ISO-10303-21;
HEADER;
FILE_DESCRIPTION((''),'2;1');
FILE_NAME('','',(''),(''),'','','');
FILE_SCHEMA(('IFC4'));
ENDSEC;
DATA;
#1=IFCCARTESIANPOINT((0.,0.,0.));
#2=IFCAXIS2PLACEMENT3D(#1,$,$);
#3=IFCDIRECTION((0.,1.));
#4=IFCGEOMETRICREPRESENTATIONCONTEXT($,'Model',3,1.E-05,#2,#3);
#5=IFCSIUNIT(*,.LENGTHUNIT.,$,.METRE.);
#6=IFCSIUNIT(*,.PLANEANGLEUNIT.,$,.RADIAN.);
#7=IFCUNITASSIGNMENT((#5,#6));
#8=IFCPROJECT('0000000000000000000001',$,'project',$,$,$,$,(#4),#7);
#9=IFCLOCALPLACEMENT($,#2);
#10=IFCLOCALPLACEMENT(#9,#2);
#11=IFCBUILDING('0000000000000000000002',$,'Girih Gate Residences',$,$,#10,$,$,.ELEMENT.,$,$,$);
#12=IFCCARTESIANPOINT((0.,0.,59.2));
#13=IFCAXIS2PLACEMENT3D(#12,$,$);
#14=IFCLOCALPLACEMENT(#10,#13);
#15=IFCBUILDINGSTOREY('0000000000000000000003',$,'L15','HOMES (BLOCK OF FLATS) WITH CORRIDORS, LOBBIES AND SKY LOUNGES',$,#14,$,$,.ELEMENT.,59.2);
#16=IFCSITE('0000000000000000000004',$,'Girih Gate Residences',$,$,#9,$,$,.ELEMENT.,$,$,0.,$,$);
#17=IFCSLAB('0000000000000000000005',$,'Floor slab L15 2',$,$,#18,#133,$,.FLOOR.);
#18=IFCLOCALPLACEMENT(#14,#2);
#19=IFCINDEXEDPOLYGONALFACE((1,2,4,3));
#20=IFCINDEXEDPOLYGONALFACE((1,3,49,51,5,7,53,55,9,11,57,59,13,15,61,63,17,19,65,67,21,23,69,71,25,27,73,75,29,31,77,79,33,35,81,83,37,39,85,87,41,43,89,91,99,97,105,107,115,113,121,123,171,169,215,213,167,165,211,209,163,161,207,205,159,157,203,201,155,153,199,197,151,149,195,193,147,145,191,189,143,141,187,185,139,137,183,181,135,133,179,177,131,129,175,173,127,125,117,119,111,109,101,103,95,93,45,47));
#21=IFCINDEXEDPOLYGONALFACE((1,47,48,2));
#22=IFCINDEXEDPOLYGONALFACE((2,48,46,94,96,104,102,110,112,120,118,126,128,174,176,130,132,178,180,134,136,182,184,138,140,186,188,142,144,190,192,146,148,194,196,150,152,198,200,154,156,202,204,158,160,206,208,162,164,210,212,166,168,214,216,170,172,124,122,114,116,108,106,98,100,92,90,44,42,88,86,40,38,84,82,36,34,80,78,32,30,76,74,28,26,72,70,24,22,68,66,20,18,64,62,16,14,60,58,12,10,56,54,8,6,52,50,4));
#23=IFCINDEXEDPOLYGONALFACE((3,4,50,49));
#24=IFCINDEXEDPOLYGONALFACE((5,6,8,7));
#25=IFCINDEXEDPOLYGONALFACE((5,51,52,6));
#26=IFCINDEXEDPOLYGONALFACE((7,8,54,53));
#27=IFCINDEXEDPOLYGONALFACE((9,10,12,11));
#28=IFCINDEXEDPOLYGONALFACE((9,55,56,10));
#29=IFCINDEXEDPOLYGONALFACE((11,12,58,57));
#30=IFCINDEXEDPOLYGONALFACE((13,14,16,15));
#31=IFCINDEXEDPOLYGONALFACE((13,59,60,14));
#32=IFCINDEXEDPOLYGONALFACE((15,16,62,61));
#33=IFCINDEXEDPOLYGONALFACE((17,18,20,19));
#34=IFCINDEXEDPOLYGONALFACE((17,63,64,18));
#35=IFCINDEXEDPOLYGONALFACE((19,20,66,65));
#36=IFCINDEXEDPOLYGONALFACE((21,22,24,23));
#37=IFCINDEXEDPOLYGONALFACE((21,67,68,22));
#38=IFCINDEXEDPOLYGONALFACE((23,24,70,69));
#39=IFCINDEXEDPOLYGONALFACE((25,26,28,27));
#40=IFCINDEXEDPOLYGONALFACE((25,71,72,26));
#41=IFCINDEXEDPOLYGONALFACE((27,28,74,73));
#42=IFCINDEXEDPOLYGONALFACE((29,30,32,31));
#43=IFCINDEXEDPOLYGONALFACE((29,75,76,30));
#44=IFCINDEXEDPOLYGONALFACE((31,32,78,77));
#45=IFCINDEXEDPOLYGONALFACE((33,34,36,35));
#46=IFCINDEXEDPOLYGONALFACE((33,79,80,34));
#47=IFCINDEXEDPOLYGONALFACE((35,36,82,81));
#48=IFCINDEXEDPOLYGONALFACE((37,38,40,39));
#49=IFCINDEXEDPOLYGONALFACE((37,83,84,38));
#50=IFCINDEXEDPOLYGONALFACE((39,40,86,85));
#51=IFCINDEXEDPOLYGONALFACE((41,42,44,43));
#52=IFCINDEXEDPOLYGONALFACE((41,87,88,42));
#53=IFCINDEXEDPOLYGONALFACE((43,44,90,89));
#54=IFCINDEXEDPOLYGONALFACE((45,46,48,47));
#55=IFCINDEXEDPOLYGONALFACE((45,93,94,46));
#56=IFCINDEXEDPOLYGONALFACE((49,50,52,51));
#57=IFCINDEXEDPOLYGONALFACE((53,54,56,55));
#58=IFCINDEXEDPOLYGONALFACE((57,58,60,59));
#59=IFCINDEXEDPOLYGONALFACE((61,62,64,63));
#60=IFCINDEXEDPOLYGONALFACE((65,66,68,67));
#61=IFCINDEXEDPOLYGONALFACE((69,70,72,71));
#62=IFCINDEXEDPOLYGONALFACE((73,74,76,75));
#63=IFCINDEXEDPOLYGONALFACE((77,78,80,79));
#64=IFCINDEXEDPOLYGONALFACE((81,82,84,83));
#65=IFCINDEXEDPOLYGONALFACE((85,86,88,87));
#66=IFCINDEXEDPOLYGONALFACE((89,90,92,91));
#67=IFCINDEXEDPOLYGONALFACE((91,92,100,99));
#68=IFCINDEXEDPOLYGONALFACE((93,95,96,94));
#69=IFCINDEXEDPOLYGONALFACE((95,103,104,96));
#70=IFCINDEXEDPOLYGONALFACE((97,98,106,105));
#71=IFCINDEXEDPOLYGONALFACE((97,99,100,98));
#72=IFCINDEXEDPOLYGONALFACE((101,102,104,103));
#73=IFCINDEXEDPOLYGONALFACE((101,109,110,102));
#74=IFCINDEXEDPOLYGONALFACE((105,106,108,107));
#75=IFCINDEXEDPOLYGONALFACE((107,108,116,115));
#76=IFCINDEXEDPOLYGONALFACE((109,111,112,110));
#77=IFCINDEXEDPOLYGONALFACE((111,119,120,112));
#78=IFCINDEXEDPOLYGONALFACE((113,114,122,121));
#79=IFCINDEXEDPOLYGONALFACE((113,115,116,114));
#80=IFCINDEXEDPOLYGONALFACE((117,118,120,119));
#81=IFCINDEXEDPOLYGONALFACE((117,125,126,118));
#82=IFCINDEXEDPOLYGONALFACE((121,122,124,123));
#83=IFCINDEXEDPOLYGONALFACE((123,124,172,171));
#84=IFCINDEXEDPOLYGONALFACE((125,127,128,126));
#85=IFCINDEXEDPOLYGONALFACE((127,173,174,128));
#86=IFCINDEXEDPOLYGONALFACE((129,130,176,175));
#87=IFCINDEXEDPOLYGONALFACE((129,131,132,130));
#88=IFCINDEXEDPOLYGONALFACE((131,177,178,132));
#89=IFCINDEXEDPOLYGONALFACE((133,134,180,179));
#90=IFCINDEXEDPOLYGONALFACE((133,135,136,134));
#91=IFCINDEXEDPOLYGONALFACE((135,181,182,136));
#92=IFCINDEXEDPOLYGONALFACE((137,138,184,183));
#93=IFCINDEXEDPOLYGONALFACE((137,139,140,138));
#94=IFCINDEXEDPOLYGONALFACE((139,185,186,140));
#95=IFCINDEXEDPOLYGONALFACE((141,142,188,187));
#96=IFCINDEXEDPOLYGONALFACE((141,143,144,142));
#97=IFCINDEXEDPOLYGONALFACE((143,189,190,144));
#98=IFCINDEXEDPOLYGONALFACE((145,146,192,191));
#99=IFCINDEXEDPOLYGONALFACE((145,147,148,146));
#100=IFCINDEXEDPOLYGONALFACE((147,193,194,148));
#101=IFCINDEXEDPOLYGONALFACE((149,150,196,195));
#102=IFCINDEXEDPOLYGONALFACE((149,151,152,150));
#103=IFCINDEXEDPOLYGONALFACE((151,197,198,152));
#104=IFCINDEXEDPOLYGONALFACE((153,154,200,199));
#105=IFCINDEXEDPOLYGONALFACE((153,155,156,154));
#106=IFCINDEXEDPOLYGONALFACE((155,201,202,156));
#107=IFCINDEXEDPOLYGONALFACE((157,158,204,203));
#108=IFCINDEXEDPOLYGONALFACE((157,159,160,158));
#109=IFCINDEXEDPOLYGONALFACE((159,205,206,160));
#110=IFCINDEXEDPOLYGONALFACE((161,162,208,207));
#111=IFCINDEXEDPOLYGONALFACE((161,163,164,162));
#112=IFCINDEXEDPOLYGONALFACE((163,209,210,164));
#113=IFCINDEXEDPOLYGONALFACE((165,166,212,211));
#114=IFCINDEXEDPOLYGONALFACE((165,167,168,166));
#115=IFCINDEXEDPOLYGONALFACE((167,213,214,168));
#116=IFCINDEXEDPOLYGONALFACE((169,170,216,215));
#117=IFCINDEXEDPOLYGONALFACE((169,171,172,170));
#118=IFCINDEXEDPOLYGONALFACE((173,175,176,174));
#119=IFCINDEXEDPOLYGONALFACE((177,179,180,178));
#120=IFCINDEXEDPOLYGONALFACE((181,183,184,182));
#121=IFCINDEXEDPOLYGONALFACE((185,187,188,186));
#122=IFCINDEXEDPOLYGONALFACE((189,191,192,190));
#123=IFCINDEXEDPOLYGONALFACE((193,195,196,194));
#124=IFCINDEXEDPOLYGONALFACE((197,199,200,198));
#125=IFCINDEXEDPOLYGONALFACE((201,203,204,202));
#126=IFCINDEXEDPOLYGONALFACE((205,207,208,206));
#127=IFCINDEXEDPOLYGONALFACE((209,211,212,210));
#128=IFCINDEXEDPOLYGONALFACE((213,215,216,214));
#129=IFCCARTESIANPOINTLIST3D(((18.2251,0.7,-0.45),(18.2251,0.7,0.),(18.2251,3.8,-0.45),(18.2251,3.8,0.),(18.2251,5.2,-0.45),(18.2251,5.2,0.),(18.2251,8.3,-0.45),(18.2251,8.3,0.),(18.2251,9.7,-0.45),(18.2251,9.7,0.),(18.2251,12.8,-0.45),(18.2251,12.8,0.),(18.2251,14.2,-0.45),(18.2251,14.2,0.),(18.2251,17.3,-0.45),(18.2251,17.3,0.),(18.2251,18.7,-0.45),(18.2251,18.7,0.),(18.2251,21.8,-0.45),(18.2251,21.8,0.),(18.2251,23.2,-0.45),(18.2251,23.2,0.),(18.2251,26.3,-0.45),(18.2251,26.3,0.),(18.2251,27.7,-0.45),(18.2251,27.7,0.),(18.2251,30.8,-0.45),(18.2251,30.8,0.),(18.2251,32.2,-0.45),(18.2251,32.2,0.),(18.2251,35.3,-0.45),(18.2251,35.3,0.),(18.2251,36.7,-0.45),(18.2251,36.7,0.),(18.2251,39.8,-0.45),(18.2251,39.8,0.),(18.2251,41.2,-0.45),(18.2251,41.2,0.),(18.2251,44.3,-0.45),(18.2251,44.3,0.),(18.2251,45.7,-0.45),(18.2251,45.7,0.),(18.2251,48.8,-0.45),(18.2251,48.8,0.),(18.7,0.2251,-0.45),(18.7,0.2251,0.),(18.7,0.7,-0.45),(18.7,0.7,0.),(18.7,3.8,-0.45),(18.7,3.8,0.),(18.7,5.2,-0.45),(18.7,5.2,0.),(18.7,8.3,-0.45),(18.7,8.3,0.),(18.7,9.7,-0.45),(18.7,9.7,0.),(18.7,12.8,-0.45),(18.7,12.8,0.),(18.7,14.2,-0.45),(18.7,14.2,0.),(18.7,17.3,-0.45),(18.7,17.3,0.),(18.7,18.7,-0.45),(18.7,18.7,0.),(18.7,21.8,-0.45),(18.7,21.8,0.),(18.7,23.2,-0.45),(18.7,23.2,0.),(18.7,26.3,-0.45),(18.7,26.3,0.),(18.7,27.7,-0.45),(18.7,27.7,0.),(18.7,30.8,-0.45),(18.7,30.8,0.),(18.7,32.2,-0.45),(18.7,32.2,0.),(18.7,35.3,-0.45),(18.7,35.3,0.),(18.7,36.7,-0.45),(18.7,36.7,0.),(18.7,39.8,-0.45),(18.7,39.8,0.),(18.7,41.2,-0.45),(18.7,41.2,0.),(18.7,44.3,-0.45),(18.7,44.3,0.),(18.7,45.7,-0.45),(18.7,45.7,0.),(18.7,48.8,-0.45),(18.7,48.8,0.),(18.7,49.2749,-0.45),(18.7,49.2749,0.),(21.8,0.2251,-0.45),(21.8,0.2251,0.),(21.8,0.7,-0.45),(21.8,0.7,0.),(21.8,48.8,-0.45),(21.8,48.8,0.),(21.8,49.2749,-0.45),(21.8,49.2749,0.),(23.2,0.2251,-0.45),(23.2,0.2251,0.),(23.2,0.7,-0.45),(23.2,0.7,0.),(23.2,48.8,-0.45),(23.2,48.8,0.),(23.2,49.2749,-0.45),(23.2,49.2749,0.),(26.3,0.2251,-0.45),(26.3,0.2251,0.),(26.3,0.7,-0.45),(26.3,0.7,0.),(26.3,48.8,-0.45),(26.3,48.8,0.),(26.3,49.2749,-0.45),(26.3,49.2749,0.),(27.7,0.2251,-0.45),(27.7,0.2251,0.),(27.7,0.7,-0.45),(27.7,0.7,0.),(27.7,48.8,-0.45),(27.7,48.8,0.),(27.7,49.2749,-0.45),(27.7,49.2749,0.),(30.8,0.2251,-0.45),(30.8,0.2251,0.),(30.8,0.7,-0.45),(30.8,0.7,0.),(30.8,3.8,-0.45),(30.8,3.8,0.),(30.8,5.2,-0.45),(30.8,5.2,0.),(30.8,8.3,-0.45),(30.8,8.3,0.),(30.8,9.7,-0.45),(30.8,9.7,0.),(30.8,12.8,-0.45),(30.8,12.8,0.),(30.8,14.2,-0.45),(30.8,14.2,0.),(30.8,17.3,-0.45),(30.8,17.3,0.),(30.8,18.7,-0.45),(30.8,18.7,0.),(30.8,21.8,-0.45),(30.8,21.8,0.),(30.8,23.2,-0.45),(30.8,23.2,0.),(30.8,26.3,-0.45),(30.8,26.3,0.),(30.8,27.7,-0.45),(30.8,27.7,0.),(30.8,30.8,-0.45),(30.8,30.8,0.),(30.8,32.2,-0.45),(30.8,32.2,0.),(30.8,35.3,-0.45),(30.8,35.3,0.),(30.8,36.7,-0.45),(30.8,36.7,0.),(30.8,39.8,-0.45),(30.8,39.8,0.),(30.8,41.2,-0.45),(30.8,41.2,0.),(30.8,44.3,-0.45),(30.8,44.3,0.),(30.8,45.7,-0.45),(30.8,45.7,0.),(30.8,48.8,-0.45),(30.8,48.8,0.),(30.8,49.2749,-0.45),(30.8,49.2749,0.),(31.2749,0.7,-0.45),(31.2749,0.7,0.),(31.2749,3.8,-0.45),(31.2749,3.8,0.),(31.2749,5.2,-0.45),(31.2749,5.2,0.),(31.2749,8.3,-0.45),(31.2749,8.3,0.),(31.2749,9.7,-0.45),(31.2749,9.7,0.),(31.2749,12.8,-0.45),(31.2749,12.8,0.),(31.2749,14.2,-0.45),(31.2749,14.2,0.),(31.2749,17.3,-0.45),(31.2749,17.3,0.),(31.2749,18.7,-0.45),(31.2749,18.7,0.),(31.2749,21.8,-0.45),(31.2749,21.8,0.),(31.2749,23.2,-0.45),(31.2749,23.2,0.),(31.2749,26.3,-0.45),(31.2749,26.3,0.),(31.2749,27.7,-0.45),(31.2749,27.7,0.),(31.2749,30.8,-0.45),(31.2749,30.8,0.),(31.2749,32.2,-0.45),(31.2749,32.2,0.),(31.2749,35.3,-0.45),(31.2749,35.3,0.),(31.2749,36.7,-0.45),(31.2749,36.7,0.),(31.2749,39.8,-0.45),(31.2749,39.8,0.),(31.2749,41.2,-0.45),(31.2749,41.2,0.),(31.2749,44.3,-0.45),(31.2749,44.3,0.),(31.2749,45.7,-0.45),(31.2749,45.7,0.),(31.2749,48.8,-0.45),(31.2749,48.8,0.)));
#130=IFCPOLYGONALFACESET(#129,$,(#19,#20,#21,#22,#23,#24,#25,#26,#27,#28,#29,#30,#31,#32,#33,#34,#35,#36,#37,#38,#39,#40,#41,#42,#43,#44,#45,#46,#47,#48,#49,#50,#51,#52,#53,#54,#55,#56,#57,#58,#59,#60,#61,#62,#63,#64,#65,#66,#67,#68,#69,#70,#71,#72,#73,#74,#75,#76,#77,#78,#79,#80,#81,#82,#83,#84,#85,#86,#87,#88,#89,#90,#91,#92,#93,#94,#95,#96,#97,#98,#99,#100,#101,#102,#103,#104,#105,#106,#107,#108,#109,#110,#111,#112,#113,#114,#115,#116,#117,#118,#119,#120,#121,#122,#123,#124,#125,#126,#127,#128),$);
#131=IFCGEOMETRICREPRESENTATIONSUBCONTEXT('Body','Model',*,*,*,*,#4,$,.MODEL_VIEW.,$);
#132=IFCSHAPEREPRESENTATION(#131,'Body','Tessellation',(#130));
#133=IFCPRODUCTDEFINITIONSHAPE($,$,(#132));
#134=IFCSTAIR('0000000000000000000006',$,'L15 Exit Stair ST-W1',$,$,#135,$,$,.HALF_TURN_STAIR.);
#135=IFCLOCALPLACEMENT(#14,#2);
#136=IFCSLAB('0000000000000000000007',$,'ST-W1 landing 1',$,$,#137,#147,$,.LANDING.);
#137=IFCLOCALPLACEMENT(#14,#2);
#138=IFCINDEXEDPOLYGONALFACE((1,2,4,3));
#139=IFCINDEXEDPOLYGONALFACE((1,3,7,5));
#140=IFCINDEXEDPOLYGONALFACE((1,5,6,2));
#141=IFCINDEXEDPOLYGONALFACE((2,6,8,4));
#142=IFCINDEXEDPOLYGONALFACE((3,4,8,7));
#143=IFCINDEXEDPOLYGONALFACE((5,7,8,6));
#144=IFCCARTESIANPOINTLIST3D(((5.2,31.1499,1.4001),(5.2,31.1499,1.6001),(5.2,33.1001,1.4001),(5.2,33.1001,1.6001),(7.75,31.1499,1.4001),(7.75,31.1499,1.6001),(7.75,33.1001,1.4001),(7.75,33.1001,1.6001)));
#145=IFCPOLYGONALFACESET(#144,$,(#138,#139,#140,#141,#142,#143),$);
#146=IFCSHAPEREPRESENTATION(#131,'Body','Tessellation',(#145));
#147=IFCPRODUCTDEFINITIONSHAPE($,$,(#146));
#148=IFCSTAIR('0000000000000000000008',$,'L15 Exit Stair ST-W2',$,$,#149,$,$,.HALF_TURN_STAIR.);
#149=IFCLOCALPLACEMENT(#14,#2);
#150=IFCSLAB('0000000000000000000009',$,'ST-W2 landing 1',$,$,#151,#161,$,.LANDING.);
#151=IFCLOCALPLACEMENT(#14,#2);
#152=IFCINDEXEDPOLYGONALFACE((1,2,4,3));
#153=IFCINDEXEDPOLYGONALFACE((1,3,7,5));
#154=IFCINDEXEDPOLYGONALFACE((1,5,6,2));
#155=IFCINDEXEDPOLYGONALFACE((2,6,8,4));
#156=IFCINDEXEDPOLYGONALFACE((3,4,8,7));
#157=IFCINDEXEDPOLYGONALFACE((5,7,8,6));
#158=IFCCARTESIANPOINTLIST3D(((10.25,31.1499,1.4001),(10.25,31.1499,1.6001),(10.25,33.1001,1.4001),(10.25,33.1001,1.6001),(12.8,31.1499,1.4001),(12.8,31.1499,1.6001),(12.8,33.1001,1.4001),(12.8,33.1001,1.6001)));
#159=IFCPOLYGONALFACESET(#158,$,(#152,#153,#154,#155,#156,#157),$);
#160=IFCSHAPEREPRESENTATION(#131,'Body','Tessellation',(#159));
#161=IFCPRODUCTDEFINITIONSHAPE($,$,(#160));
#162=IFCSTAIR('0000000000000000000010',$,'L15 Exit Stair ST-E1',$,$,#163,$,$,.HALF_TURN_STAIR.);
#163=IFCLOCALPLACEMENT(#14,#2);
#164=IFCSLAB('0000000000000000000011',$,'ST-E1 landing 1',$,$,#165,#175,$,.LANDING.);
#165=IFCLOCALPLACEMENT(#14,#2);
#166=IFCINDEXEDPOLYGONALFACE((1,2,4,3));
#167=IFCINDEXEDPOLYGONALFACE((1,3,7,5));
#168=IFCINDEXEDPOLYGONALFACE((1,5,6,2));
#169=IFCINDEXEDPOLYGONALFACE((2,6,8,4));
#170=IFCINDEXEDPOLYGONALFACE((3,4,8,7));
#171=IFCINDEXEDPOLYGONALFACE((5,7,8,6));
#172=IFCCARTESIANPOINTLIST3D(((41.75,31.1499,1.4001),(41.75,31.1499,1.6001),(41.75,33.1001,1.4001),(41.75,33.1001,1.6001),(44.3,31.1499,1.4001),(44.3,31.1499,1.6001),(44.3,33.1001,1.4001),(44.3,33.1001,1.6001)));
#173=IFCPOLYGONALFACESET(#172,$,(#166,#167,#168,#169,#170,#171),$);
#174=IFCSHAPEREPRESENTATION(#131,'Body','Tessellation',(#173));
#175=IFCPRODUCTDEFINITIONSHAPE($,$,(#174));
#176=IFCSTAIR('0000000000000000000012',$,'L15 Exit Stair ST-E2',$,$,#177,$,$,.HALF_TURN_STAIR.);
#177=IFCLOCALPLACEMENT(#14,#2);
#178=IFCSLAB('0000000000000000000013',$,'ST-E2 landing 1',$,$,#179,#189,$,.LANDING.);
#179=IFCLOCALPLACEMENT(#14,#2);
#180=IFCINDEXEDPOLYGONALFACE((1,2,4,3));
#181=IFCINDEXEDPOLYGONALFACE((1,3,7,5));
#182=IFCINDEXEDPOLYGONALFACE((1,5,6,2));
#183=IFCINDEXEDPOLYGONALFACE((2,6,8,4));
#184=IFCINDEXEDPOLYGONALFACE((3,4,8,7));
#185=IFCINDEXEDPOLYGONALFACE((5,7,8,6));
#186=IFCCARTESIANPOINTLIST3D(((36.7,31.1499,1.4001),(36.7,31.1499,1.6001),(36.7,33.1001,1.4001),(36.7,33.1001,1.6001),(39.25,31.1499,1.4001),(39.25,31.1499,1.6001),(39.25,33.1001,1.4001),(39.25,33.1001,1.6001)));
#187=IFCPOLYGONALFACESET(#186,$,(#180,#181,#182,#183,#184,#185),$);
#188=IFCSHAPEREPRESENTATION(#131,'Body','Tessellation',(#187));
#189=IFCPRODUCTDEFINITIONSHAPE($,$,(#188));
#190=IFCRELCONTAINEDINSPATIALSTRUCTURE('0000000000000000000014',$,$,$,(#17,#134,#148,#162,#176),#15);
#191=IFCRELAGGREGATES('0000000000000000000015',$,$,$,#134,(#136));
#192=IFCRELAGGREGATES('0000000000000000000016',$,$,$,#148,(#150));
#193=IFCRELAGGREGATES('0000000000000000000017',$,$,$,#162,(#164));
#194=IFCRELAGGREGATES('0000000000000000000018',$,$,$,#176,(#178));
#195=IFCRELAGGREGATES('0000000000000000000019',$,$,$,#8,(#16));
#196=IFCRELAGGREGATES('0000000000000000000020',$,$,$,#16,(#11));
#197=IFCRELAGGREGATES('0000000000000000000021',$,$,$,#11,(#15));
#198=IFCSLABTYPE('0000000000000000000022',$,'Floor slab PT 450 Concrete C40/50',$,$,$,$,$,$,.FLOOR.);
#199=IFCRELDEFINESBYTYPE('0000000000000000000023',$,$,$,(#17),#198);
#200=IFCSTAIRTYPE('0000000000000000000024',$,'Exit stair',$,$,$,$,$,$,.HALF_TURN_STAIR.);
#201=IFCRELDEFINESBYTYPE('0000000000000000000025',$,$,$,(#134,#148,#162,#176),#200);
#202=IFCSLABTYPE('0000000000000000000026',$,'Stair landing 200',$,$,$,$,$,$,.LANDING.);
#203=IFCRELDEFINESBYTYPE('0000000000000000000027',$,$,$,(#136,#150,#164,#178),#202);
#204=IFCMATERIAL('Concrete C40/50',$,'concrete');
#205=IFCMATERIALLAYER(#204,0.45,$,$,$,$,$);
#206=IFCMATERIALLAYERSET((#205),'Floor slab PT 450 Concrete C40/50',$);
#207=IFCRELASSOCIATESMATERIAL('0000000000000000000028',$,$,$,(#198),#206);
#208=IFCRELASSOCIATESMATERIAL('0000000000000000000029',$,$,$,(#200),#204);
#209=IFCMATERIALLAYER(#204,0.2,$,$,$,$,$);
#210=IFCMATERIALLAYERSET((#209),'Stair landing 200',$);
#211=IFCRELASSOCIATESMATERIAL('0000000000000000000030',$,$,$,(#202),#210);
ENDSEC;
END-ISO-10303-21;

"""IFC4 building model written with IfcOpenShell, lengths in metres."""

from ifc_helpers import new_model, si_unit, direction, frame, origin, place, context, subcontext, project, spatial, polyline, outline, extrude, material, layer, layer_set, type_object, element, aggregate, save


model = new_model("IFC4")

# Units and contexts
model_context = context("Model", 3, precision=1e-05, world=origin(), true_north=direction((0.0, 1.0)))
body_context = subcontext(model_context, "Body", "Model", "MODEL_VIEW")
ifc_project = project(units=[si_unit("LENGTHUNIT", "METRE"), si_unit("PLANEANGLEUNIT", "RADIAN")], contexts=[model_context])

# Site, building, storey
site_placement = place(None, origin())
site = spatial("IfcSite", under=ifc_project, at=site_placement, Name="Girih Gate Residences", CompositionType="ELEMENT", RefElevation=0.0)
building_placement = place(site_placement, origin())
building = spatial("IfcBuilding", under=site, at=building_placement, Name="Girih Gate Residences", CompositionType="ELEMENT")
storey_placement = place(building_placement, frame((0.0, 0.0, 59.2)))
storey = spatial("IfcBuildingStorey", under=building, at=storey_placement, Name="L15", Description="HOMES (BLOCK OF FLATS) WITH CORRIDORS, LOBBIES AND SKY LOUNGES", CompositionType="ELEMENT", Elevation=59.2)

# Slab
ifc_material_1 = material(Name="Concrete C40/50", Category="concrete")
ifc_layer_1 = layer(ifc_material_1, 0.45)
ifc_layer_set_1 = layer_set([ifc_layer_1], Name="Floor slab PT 450 Concrete C40/50")
slab_type_1 = type_object("IfcSlabType", Name="Floor slab PT 450 Concrete C40/50", PredefinedType="FLOOR", material=ifc_layer_set_1)
slab_1_placement = place(storey_placement, frame((0.0, 0.0, -0.45)))
element("IfcSlab", 1, at=slab_1_placement, inside=storey, type_object=slab_type_1, Name="Floor slab L15 2", PredefinedType="FLOOR", context=body_context, shape_type="SweptSolid", body=[
    extrude(outline(polyline([(21.8, 49.2749), (18.7, 49.2749), (18.7, 48.8), (18.2251, 48.8), (18.2251, 45.7), (18.7, 45.7), (18.7, 44.3), (18.2251, 44.3), (18.2251, 41.2), (18.7, 41.2), (18.7, 39.8), (18.2251, 39.8), (18.2251, 36.7), (18.7, 36.7), (18.7, 35.3), (18.2251, 35.3), (18.2251, 32.2), (18.7, 32.2), (18.7, 30.8), (18.2251, 30.8), (18.2251, 27.7), (18.7, 27.7), (18.7, 26.3), (18.2251, 26.3), (18.2251, 23.2), (18.7, 23.2), (18.7, 21.8), (18.2251, 21.8), (18.2251, 18.7), (18.7, 18.7), (18.7, 17.3), (18.2251, 17.3), (18.2251, 14.2), (18.7, 14.2), (18.7, 12.8), (18.2251, 12.8), (18.2251, 9.7), (18.7, 9.7), (18.7, 8.3), (18.2251, 8.3), (18.2251, 5.2), (18.7, 5.2), (18.7, 3.8), (18.2251, 3.8), (18.2251, 0.7), (18.7, 0.7), (18.7, 0.2251), (21.8, 0.2251), (21.8, 0.7), (23.2, 0.7), (23.2, 0.2251), (26.3, 0.2251), (26.3, 0.7), (27.7, 0.7), (27.7, 0.2251), (30.8, 0.2251), (30.8, 0.7), (31.2749, 0.7), (31.2749, 3.8), (30.8, 3.8), (30.8, 5.2), (31.2749, 5.2), (31.2749, 8.3), (30.8, 8.3), (30.8, 9.7), (31.2749, 9.7), (31.2749, 12.8), (30.8, 12.8), (30.8, 14.2), (31.2749, 14.2), (31.2749, 17.3), (30.8, 17.3), (30.8, 18.7), (31.2749, 18.7), (31.2749, 21.8), (30.8, 21.8), (30.8, 23.2), (31.2749, 23.2), (31.2749, 26.3), (30.8, 26.3), (30.8, 27.7), (31.2749, 27.7), (31.2749, 30.8), (30.8, 30.8), (30.8, 32.2), (31.2749, 32.2), (31.2749, 35.3), (30.8, 35.3), (30.8, 36.7), (31.2749, 36.7), (31.2749, 39.8), (30.8, 39.8), (30.8, 41.2), (31.2749, 41.2), (31.2749, 44.3), (30.8, 44.3), (30.8, 45.7), (31.2749, 45.7), (31.2749, 48.8), (30.8, 48.8), (30.8, 49.2749), (27.7, 49.2749), (27.7, 48.8), (26.3, 48.8), (26.3, 49.2749), (23.2, 49.2749), (23.2, 48.8), (21.8, 48.8), (21.8, 49.2749)])), origin(), (0.0, 0.0, 1.0), 0.45),
])

# Stairs, slabs
stair_type = type_object("IfcStairType", Name="Exit stair", PredefinedType="HALF_TURN_STAIR", material=ifc_material_1)
stair_1_placement = place(storey_placement, origin())
stair_1 = element("IfcStair", 2, at=stair_1_placement, inside=storey, type_object=stair_type, Name="L15 Exit Stair ST-W1", PredefinedType="HALF_TURN_STAIR")
ifc_layer_2 = layer(ifc_material_1, 0.2)
ifc_layer_set_2 = layer_set([ifc_layer_2], Name="Stair landing 200")
slab_type_2 = type_object("IfcSlabType", Name="Stair landing 200", PredefinedType="LANDING", material=ifc_layer_set_2)
slab_2_placement = place(storey_placement, frame((0.0, 0.0, 1.4001)))
slab_2 = element("IfcSlab", 3, at=slab_2_placement, type_object=slab_type_2, Name="ST-W1 landing 1", PredefinedType="LANDING", context=body_context, shape_type="SweptSolid", body=[
    extrude(outline(polyline([(7.75, 31.1499), (7.75, 33.1001), (5.2, 33.1001), (5.2, 31.1499), (7.75, 31.1499)])), origin(), (0.0, 0.0, 1.0), 0.2),
])
aggregate(stair_1, [slab_2])
stair_2_placement = place(storey_placement, origin())
stair_2 = element("IfcStair", 4, at=stair_2_placement, inside=storey, type_object=stair_type, Name="L15 Exit Stair ST-W2", PredefinedType="HALF_TURN_STAIR")
slab_3_placement = place(storey_placement, frame((0.0, 0.0, 1.4001)))
slab_3 = element("IfcSlab", 5, at=slab_3_placement, type_object=slab_type_2, Name="ST-W2 landing 1", PredefinedType="LANDING", context=body_context, shape_type="SweptSolid", body=[
    extrude(outline(polyline([(12.8, 31.1499), (12.8, 33.1001), (10.25, 33.1001), (10.25, 31.1499), (12.8, 31.1499)])), origin(), (0.0, 0.0, 1.0), 0.2),
])
aggregate(stair_2, [slab_3])
stair_3_placement = place(storey_placement, origin())
stair_3 = element("IfcStair", 6, at=stair_3_placement, inside=storey, type_object=stair_type, Name="L15 Exit Stair ST-E1", PredefinedType="HALF_TURN_STAIR")
slab_4_placement = place(storey_placement, frame((0.0, 0.0, 1.4001)))
slab_4 = element("IfcSlab", 7, at=slab_4_placement, type_object=slab_type_2, Name="ST-E1 landing 1", PredefinedType="LANDING", context=body_context, shape_type="SweptSolid", body=[
    extrude(outline(polyline([(44.3, 31.1499), (44.3, 33.1001), (41.75, 33.1001), (41.75, 31.1499), (44.3, 31.1499)])), origin(), (0.0, 0.0, 1.0), 0.2),
])
aggregate(stair_3, [slab_4])
stair_4_placement = place(storey_placement, origin())
stair_4 = element("IfcStair", 8, at=stair_4_placement, inside=storey, type_object=stair_type, Name="L15 Exit Stair ST-E2", PredefinedType="HALF_TURN_STAIR")
slab_5_placement = place(storey_placement, frame((0.0, 0.0, 1.4001)))
slab_5 = element("IfcSlab", 9, at=slab_5_placement, type_object=slab_type_2, Name="ST-E2 landing 1", PredefinedType="LANDING", context=body_context, shape_type="SweptSolid", body=[
    extrude(outline(polyline([(39.25, 31.1499), (39.25, 33.1001), (36.7, 33.1001), (36.7, 31.1499), (39.25, 31.1499)])), origin(), (0.0, 0.0, 1.0), 0.2),
])
aggregate(stair_4, [slab_5])

save(model, "model.ifc")
